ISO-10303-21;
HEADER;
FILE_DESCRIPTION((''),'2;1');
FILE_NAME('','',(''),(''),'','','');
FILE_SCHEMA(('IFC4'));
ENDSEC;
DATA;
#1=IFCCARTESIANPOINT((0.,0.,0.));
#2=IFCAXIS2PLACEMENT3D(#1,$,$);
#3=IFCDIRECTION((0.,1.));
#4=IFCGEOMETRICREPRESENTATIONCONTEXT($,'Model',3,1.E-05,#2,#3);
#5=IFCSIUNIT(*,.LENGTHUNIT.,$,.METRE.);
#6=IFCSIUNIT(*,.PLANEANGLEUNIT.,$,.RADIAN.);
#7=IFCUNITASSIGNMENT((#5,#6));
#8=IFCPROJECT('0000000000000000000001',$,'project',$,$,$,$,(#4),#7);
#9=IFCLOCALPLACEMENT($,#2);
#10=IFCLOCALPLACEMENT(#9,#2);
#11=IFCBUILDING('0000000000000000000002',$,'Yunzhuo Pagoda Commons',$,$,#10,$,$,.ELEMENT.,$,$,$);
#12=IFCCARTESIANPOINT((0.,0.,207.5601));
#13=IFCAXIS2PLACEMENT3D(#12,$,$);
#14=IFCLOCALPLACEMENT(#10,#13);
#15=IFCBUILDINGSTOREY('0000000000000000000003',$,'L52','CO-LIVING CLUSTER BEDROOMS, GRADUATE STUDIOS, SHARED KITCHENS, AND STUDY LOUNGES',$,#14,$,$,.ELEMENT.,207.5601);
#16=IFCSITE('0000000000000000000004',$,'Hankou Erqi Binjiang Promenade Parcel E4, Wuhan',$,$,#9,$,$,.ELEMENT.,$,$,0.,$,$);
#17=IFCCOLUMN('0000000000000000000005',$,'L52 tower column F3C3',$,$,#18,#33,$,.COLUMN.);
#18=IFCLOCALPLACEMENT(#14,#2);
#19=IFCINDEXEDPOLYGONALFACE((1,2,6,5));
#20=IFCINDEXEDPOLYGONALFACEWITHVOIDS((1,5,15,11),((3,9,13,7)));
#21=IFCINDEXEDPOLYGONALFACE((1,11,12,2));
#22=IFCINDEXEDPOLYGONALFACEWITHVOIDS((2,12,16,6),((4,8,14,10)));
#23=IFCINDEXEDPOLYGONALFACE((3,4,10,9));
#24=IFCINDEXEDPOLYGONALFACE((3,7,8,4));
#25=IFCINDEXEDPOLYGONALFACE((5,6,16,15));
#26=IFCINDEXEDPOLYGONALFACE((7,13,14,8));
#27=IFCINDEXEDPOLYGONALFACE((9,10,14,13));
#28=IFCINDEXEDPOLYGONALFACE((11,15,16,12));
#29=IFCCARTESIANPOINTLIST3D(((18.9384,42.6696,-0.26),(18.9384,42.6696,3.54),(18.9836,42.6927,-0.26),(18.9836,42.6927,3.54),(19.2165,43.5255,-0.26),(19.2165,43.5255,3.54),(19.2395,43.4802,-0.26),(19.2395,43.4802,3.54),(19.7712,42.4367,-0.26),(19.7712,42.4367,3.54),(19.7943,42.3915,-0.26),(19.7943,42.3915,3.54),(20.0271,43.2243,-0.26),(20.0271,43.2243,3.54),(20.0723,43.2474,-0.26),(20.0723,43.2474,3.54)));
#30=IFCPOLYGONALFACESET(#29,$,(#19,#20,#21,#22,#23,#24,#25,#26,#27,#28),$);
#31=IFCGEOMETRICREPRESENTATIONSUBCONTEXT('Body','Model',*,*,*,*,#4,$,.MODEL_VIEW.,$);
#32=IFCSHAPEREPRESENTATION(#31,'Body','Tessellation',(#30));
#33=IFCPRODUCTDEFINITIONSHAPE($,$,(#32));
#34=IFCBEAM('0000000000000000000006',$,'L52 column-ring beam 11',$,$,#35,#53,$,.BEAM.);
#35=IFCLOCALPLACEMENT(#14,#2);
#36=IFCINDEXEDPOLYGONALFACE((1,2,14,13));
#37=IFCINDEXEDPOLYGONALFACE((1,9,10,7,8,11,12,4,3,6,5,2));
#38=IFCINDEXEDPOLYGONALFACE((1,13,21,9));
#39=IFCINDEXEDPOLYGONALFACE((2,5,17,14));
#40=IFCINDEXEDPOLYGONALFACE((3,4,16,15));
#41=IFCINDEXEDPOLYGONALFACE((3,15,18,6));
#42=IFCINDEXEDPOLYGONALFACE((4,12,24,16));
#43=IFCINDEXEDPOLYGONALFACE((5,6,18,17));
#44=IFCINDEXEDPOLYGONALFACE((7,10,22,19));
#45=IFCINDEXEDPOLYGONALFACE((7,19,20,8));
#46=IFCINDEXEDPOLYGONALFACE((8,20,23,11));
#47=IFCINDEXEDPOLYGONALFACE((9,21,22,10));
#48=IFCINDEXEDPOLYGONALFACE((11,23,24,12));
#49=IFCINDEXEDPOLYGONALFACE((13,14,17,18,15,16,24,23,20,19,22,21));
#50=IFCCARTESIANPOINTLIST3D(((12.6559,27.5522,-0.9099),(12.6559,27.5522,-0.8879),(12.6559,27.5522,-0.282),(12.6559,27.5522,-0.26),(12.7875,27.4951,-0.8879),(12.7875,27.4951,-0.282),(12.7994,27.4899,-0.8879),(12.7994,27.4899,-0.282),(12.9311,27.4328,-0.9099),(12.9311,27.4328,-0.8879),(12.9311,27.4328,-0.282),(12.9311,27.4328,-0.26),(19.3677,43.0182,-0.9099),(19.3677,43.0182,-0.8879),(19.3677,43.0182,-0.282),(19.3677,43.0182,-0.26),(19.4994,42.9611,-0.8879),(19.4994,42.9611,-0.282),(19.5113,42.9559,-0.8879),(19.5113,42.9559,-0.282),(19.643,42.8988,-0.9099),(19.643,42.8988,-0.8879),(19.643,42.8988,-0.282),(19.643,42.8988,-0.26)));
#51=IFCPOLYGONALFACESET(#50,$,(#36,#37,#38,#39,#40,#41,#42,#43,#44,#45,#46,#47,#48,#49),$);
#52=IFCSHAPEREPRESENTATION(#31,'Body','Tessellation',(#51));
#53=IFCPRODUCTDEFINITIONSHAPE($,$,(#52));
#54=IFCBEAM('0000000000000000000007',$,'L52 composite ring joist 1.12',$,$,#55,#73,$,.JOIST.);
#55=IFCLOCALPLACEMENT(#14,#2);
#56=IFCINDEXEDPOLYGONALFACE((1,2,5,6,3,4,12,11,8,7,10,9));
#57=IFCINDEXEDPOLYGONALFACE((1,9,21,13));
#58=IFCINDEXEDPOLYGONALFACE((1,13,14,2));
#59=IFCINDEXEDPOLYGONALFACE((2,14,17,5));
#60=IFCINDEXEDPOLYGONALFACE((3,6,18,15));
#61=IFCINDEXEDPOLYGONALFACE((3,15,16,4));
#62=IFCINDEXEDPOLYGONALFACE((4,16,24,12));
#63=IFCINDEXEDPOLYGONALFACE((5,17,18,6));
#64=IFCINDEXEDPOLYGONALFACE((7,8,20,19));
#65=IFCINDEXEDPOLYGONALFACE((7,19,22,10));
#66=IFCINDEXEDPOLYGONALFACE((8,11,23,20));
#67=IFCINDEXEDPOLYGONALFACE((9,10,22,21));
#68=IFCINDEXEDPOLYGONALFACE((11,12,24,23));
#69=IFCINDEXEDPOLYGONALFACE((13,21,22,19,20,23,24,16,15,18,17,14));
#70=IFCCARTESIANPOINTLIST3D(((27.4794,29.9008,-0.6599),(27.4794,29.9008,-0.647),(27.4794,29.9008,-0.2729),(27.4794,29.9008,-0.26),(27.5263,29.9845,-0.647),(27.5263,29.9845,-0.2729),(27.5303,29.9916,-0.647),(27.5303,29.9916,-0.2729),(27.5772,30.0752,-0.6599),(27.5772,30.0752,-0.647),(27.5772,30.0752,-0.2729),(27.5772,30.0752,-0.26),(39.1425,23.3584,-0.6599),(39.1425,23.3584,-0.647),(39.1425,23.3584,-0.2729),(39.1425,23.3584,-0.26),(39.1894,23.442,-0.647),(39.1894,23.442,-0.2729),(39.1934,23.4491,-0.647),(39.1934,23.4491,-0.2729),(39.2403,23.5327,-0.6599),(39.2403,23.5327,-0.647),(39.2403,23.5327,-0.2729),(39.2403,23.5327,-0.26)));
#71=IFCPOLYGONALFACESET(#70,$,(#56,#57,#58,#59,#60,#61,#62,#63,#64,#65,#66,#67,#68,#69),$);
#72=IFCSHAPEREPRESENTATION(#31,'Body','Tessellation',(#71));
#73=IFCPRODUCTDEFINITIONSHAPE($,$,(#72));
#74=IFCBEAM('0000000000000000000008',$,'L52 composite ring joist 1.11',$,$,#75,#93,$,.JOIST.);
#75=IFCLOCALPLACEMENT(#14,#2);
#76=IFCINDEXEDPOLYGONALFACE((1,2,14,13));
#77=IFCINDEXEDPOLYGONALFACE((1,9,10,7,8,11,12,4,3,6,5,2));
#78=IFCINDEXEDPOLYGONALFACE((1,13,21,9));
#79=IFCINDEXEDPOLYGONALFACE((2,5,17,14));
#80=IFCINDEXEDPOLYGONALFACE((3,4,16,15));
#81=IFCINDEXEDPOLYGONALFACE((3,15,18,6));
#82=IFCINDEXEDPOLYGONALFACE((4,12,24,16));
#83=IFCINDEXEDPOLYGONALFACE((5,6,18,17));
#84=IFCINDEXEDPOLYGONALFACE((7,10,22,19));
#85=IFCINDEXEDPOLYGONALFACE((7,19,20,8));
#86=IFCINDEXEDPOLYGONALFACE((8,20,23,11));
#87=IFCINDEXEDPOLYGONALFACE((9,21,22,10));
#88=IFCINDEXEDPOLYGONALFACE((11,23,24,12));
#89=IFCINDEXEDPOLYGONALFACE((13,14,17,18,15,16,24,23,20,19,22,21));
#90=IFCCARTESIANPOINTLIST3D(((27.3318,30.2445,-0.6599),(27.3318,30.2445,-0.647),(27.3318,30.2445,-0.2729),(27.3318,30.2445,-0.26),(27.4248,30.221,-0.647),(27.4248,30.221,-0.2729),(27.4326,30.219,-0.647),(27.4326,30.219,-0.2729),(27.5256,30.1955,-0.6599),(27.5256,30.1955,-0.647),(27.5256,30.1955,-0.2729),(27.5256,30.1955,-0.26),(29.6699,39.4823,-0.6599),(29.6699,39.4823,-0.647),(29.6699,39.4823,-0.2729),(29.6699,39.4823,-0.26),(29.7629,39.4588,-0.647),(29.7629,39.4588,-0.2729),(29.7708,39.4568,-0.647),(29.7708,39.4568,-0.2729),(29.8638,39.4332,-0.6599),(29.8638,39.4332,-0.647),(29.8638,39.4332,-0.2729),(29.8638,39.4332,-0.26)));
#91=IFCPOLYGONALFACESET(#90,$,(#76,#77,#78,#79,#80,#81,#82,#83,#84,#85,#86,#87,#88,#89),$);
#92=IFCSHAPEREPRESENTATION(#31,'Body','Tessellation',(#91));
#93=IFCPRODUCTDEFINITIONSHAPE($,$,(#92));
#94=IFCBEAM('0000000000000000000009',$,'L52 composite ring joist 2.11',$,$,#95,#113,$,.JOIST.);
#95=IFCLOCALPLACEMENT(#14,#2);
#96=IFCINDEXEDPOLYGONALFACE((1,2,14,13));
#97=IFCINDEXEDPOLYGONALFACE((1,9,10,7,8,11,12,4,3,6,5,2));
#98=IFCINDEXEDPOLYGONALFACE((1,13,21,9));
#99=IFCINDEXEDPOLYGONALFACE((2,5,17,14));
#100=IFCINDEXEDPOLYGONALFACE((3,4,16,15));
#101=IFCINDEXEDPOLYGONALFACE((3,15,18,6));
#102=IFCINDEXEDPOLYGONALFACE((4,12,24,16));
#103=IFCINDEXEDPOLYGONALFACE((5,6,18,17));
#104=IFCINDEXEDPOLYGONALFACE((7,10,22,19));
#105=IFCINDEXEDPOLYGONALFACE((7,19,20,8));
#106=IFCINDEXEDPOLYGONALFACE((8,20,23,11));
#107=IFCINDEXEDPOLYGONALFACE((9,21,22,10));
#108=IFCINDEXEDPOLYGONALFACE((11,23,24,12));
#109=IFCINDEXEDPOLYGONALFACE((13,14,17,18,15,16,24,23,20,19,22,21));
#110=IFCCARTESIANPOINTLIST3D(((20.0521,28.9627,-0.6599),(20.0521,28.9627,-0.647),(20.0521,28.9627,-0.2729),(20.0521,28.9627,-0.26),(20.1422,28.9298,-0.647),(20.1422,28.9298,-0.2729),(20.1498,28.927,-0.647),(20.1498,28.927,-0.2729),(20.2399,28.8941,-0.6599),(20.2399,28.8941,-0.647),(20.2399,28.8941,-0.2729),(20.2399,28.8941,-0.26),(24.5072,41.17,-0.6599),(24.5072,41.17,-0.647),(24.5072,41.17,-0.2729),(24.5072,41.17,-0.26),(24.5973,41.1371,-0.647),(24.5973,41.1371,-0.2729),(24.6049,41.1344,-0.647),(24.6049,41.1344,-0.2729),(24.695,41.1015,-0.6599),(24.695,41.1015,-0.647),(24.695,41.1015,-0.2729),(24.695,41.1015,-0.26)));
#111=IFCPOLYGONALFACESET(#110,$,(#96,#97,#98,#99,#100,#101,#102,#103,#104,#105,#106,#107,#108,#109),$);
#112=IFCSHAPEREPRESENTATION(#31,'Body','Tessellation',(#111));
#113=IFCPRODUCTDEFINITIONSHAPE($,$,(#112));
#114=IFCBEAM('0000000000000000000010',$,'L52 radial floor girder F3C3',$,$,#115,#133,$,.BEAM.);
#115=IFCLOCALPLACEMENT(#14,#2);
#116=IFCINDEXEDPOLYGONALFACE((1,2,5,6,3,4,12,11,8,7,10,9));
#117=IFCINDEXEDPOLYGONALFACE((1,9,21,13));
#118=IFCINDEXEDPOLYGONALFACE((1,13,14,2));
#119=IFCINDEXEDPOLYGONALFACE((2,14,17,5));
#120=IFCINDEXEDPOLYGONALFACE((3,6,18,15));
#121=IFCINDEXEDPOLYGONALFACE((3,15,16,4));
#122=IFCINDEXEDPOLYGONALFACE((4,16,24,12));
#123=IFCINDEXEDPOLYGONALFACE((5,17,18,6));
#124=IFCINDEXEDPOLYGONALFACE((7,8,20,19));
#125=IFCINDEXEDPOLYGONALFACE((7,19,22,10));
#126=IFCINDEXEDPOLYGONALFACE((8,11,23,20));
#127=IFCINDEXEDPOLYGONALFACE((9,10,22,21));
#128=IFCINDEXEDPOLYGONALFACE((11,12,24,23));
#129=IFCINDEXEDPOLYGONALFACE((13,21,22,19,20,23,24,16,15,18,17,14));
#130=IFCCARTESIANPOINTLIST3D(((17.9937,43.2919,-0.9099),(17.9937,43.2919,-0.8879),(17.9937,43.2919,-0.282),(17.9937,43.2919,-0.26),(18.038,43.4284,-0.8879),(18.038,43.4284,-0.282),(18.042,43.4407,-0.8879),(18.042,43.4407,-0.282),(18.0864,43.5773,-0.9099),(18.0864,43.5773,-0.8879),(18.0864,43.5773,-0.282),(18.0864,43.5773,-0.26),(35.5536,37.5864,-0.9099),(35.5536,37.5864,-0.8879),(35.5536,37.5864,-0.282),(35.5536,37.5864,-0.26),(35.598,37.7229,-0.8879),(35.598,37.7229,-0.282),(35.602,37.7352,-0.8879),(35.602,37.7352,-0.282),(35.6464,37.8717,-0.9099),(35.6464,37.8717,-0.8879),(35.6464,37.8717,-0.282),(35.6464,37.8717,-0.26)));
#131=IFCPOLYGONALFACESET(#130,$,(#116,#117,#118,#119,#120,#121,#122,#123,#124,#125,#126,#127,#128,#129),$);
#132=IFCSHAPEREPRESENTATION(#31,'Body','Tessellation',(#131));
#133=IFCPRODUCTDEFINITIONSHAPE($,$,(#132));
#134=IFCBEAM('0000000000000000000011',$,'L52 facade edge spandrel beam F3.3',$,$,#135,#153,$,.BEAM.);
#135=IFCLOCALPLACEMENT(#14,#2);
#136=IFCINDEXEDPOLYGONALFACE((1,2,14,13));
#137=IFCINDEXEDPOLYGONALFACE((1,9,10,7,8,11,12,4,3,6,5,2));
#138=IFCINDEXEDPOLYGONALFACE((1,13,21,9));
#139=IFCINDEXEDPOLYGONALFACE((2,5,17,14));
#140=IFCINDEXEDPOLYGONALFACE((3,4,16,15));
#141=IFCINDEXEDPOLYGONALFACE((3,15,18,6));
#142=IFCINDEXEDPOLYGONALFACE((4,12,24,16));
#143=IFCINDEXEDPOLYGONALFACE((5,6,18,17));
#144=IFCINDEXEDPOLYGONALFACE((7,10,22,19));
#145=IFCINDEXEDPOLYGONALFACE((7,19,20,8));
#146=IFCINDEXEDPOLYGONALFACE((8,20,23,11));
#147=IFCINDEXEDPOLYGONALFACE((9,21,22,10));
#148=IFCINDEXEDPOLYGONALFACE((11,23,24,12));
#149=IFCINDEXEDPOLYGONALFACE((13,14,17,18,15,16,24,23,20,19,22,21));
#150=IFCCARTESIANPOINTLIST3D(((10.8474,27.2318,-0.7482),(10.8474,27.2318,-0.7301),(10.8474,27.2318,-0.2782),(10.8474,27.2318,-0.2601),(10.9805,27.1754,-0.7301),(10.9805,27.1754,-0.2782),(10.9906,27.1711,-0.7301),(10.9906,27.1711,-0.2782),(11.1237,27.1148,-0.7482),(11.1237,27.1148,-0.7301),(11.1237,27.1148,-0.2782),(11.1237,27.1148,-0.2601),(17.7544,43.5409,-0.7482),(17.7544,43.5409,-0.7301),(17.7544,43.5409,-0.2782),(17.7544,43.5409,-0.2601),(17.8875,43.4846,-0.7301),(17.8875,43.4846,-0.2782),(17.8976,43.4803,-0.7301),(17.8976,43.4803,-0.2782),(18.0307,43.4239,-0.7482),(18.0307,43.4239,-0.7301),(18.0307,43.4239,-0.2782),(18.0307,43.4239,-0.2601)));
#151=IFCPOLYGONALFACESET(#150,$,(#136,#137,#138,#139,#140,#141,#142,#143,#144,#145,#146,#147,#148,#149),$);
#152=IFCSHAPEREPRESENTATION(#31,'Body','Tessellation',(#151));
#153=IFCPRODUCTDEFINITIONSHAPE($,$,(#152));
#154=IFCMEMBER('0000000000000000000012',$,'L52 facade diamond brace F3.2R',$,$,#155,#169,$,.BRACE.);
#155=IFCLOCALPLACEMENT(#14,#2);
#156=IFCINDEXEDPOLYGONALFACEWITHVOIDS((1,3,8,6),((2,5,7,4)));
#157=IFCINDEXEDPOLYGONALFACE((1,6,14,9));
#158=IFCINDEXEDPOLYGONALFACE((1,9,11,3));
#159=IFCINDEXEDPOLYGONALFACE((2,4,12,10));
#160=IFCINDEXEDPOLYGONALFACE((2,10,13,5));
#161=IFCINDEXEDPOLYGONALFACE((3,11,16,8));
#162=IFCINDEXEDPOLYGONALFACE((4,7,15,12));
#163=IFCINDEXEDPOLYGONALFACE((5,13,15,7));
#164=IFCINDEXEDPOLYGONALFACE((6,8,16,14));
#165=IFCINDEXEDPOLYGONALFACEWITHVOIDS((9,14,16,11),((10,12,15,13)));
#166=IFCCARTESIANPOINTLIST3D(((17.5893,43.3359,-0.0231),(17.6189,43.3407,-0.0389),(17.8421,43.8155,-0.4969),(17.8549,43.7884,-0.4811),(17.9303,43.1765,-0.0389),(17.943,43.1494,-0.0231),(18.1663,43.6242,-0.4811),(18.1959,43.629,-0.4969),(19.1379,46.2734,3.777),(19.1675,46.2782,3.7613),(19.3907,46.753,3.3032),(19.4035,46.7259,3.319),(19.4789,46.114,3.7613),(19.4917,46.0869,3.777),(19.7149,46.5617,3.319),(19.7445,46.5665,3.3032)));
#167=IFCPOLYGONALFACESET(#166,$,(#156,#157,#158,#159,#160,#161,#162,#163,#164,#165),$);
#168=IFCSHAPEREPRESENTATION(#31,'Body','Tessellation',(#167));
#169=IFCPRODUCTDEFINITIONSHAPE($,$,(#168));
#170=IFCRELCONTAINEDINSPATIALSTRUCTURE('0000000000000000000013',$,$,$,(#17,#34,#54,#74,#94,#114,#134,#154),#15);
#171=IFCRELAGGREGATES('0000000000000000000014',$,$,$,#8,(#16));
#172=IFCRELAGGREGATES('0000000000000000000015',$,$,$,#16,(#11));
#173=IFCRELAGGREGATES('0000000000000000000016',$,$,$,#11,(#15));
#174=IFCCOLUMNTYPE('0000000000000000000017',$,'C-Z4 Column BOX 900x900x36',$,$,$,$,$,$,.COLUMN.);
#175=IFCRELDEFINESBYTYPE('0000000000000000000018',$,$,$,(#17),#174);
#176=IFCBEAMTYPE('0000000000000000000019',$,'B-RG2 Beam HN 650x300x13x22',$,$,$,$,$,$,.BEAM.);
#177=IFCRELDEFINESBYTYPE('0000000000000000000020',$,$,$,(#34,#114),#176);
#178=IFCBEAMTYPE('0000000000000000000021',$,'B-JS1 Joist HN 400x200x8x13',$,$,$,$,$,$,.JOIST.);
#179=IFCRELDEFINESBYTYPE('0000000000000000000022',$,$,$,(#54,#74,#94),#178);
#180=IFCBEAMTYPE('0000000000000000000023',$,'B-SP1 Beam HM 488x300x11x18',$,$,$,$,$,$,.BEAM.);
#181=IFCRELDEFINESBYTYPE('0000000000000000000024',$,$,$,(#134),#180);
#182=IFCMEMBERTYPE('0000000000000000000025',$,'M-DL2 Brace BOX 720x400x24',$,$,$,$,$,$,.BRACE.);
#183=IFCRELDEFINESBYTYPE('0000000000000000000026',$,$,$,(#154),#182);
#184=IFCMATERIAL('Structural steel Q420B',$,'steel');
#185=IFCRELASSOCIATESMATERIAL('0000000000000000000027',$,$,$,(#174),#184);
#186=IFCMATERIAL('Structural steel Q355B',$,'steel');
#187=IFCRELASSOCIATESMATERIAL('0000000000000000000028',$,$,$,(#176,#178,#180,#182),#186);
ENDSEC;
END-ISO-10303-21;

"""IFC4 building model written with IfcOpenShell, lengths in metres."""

from ifc_helpers import new_model, si_unit, direction, frame, origin, origin_2d, place, context, subcontext, project, spatial, hollow_rectangle, i_section, extrude, source, transform, mapped, material, material_profile, profile_set, type_object, element, save


model = new_model("IFC4")

# Units and contexts
model_context = context("Model", 3, precision=1e-05, world=origin(), true_north=direction((0.0, 1.0)))
body_context = subcontext(model_context, "Body", "Model", "MODEL_VIEW")
ifc_project = project(units=[si_unit("LENGTHUNIT", "METRE"), si_unit("PLANEANGLEUNIT", "RADIAN")], contexts=[model_context])

# Site, building, storey
site_placement = place(None, origin())
site = spatial("IfcSite", under=ifc_project, at=site_placement, Name="Hankou Erqi Binjiang Promenade Parcel E4, Wuhan", CompositionType="ELEMENT", RefElevation=0.0)
building_placement = place(site_placement, origin())
building = spatial("IfcBuilding", under=site, at=building_placement, Name="Yunzhuo Pagoda Commons", CompositionType="ELEMENT")
storey_placement = place(building_placement, frame((0.0, 0.0, 207.5601)))
storey = spatial("IfcBuildingStorey", under=building, at=storey_placement, Name="L52", Description="CO-LIVING CLUSTER BEDROOMS, GRADUATE STUDIOS, SHARED KITCHENS, AND STUDY LOUNGES", CompositionType="ELEMENT", Elevation=207.5601)

# Column
ifc_material_1 = material(Name="Structural steel Q420B", Category="steel")
ifc_material_profile_1 = material_profile(ifc_material_1, hollow_rectangle(XDim=0.8999, YDim=0.8999, WallThickness=0.0359, at=origin_2d()), Name="Structural steel Q420B")
ifc_profile_set_1 = profile_set([ifc_material_profile_1], Name="Structural steel Q420B")
column_type = type_object("IfcColumnType", Name="C-Z4 Column BOX 900x900x36", PredefinedType="COLUMN", material=ifc_profile_set_1)
shared_shape_1 = source(origin(), body_context, "Body", "SweptSolid", [
    extrude(hollow_rectangle(XDim=0.8999, YDim=0.8999, WallThickness=0.0359, at=origin_2d()), origin(), (0.0, 0.0, 1.0), 3.8),
])
column_placement = place(storey_placement, frame((19.5054, 42.9585, -0.26), z_axis=(0.0, 0.0, 1.0), x_axis=(-0.309017, -0.951057, 0.0)))
element("IfcColumn", 1, at=column_placement, inside=storey, type_object=column_type, Name="L52 tower column F3C3", PredefinedType="COLUMN", context=body_context, shape_type="MappedRepresentation", body=[
    mapped(shared_shape_1, transform((0.0, 0.0, 0.0), scale=1.0)),
])

# Beams
ifc_material_2 = material(Name="Structural steel Q355B", Category="steel")
ifc_material_profile_2 = material_profile(ifc_material_2, i_section(OverallWidth=0.3, OverallDepth=0.6499, WebThickness=0.0129, FlangeThickness=0.022, at=origin_2d()), Name="Structural steel Q355B")
ifc_profile_set_2 = profile_set([ifc_material_profile_2], Name="Structural steel Q355B")
beam_type_1 = type_object("IfcBeamType", Name="B-RG2 Beam HN 650x300x13x22", PredefinedType="BEAM", material=ifc_profile_set_2)
shared_shape_2 = source(origin(), body_context, "Body", "SweptSolid", [
    extrude(i_section(OverallWidth=0.3, OverallDepth=0.6499, WebThickness=0.0129, FlangeThickness=0.022, at=origin_2d()), origin(), (0.0, 0.0, 1.0), 16.8596),
])
beam_1_placement = place(storey_placement, frame((19.5054, 42.9585, -0.585), z_axis=(-0.398104, -0.91734, 0.0), x_axis=(0.91734, -0.398104, 0.0)))
element("IfcBeam", 2, at=beam_1_placement, inside=storey, type_object=beam_type_1, Name="L52 column-ring beam 11", PredefinedType="BEAM", context=body_context, shape_type="MappedRepresentation", body=[
    mapped(shared_shape_2, transform((0.0, 0.0, 0.0), scale=1.0)),
])
ifc_material_profile_3 = material_profile(ifc_material_2, i_section(OverallWidth=0.2, OverallDepth=0.3999, WebThickness=0.0081, FlangeThickness=0.0129, at=origin_2d()), Name="Structural steel Q355B")
ifc_profile_set_3 = profile_set([ifc_material_profile_3], Name="Structural steel Q355B")
beam_type_2 = type_object("IfcBeamType", Name="B-JS1 Joist HN 400x200x8x13", PredefinedType="JOIST", material=ifc_profile_set_3)
shared_shape_3 = source(origin(), body_context, "Body", "SweptSolid", [
    extrude(i_section(OverallWidth=0.2, OverallDepth=0.3999, WebThickness=0.0081, FlangeThickness=0.0129, at=origin_2d()), origin(), (0.0, 0.0, 1.0), 13.3728),
])
beam_2_placement = place(storey_placement, frame((27.5283, 29.988, -0.46), z_axis=(0.87215, -0.489238, 0.0), x_axis=(0.489238, 0.87215, 0.0)))
element("IfcBeam", 3, at=beam_2_placement, inside=storey, type_object=beam_type_2, Name="L52 composite ring joist 1.12", PredefinedType="JOIST", context=body_context, shape_type="MappedRepresentation", body=[
    mapped(shared_shape_3, transform((0.0, 0.0, 0.0), scale=1.0)),
])
shared_shape_4 = source(origin(), body_context, "Body", "SweptSolid", [
    extrude(i_section(OverallWidth=0.2, OverallDepth=0.3999, WebThickness=0.0081, FlangeThickness=0.0129, at=origin_2d()), origin(), (0.0, 0.0, 1.0), 9.5291),
])
beam_3_placement = place(storey_placement, frame((29.7668, 39.4578, -0.46), z_axis=(-0.245368, -0.96943, 0.0), x_axis=(0.96943, -0.245368, 0.0)))
element("IfcBeam", 4, at=beam_3_placement, inside=storey, type_object=beam_type_2, Name="L52 composite ring joist 1.11", PredefinedType="JOIST", context=body_context, shape_type="MappedRepresentation", body=[
    mapped(shared_shape_4, transform((0.0, 0.0, 0.0), scale=1.0)),
])
shared_shape_5 = source(origin(), body_context, "Body", "SweptSolid", [
    extrude(i_section(OverallWidth=0.2, OverallDepth=0.3999, WebThickness=0.0081, FlangeThickness=0.0129, at=origin_2d()), origin(), (0.0, 0.0, 1.0), 12.9949),
])
beam_4_placement = place(storey_placement, frame((24.6011, 41.1357, -0.46), z_axis=(-0.342835, -0.939396, 0.0), x_axis=(0.939396, -0.342835, 0.0)))
element("IfcBeam", 5, at=beam_4_placement, inside=storey, type_object=beam_type_2, Name="L52 composite ring joist 2.11", PredefinedType="JOIST", context=body_context, shape_type="MappedRepresentation", body=[
    mapped(shared_shape_5, transform((0.0, 0.0, 0.0), scale=1.0)),
])
shared_shape_6 = source(origin(), body_context, "Body", "SweptSolid", [
    extrude(i_section(OverallWidth=0.3, OverallDepth=0.6499, WebThickness=0.0129, FlangeThickness=0.022, at=origin_2d()), origin(), (0.0, 0.0, 1.0), 18.4636),
])
beam_5_placement = place(storey_placement, frame((18.04, 43.4346, -0.585), z_axis=(0.951057, -0.309015, 0.0), x_axis=(0.309015, 0.951057, 0.0)))
element("IfcBeam", 6, at=beam_5_placement, inside=storey, type_object=beam_type_1, Name="L52 radial floor girder F3C3", PredefinedType="BEAM", context=body_context, shape_type="MappedRepresentation", body=[
    mapped(shared_shape_6, transform((0.0, 0.0, 0.0), scale=1.0)),
])
ifc_material_profile_4 = material_profile(ifc_material_2, i_section(OverallWidth=0.3, OverallDepth=0.488, WebThickness=0.011, FlangeThickness=0.0181, at=origin_2d()), Name="Structural steel Q355B")
ifc_profile_set_4 = profile_set([ifc_material_profile_4], Name="Structural steel Q355B")
beam_type_3 = type_object("IfcBeamType", Name="B-SP1 Beam HM 488x300x11x18", PredefinedType="BEAM", material=ifc_profile_set_4)
shared_shape_7 = source(origin(), body_context, "Body", "SweptSolid", [
    extrude(i_section(OverallWidth=0.3, OverallDepth=0.488, WebThickness=0.011, FlangeThickness=0.0181, at=origin_2d()), origin(), (0.0, 0.0, 1.0), 17.7114),
])
beam_6_placement = place(storey_placement, frame((17.8926, 43.4824, -0.5042), z_axis=(-0.389975, -0.920826, 0.0), x_axis=(0.920826, -0.389975, 0.0)))
element("IfcBeam", 7, at=beam_6_placement, inside=storey, type_object=beam_type_3, Name="L52 facade edge spandrel beam F3.3", PredefinedType="BEAM", context=body_context, shape_type="MappedRepresentation", body=[
    mapped(shared_shape_7, transform((0.0, 0.0, 0.0), scale=1.0)),
])

# Member
ifc_material_profile_5 = material_profile(ifc_material_2, hollow_rectangle(XDim=0.3999, YDim=0.72, WallThickness=0.0239, at=origin_2d()), Name="Structural steel Q355B")
ifc_profile_set_5 = profile_set([ifc_material_profile_5], Name="Structural steel Q355B")
member_type_1 = type_object("IfcMemberType", Name="M-DL2 Brace BOX 720x400x24", PredefinedType="BRACE", material=ifc_profile_set_5)
shared_shape_8 = source(origin(), body_context, "Body", "SweptSolid", [
    extrude(hollow_rectangle(XDim=0.3999, YDim=0.72, WallThickness=0.0239, at=origin_2d()), origin(), (0.0, 0.0, 1.0), 5.0466),
])
member_1_placement = place(storey_placement, frame((17.8926, 43.4824, -0.26), z_axis=(0.306862, 0.582084, 0.753003), x_axis=(-0.884604, 0.466343, 0.0)))
element("IfcMember", 8, at=member_1_placement, inside=storey, type_object=member_type_1, Name="L52 facade diamond brace F3.2R", PredefinedType="BRACE", context=body_context, shape_type="MappedRepresentation", body=[
    mapped(shared_shape_8, transform((0.0, 0.0, 0.0), scale=1.0)),
])

save(model, "model.ifc")
